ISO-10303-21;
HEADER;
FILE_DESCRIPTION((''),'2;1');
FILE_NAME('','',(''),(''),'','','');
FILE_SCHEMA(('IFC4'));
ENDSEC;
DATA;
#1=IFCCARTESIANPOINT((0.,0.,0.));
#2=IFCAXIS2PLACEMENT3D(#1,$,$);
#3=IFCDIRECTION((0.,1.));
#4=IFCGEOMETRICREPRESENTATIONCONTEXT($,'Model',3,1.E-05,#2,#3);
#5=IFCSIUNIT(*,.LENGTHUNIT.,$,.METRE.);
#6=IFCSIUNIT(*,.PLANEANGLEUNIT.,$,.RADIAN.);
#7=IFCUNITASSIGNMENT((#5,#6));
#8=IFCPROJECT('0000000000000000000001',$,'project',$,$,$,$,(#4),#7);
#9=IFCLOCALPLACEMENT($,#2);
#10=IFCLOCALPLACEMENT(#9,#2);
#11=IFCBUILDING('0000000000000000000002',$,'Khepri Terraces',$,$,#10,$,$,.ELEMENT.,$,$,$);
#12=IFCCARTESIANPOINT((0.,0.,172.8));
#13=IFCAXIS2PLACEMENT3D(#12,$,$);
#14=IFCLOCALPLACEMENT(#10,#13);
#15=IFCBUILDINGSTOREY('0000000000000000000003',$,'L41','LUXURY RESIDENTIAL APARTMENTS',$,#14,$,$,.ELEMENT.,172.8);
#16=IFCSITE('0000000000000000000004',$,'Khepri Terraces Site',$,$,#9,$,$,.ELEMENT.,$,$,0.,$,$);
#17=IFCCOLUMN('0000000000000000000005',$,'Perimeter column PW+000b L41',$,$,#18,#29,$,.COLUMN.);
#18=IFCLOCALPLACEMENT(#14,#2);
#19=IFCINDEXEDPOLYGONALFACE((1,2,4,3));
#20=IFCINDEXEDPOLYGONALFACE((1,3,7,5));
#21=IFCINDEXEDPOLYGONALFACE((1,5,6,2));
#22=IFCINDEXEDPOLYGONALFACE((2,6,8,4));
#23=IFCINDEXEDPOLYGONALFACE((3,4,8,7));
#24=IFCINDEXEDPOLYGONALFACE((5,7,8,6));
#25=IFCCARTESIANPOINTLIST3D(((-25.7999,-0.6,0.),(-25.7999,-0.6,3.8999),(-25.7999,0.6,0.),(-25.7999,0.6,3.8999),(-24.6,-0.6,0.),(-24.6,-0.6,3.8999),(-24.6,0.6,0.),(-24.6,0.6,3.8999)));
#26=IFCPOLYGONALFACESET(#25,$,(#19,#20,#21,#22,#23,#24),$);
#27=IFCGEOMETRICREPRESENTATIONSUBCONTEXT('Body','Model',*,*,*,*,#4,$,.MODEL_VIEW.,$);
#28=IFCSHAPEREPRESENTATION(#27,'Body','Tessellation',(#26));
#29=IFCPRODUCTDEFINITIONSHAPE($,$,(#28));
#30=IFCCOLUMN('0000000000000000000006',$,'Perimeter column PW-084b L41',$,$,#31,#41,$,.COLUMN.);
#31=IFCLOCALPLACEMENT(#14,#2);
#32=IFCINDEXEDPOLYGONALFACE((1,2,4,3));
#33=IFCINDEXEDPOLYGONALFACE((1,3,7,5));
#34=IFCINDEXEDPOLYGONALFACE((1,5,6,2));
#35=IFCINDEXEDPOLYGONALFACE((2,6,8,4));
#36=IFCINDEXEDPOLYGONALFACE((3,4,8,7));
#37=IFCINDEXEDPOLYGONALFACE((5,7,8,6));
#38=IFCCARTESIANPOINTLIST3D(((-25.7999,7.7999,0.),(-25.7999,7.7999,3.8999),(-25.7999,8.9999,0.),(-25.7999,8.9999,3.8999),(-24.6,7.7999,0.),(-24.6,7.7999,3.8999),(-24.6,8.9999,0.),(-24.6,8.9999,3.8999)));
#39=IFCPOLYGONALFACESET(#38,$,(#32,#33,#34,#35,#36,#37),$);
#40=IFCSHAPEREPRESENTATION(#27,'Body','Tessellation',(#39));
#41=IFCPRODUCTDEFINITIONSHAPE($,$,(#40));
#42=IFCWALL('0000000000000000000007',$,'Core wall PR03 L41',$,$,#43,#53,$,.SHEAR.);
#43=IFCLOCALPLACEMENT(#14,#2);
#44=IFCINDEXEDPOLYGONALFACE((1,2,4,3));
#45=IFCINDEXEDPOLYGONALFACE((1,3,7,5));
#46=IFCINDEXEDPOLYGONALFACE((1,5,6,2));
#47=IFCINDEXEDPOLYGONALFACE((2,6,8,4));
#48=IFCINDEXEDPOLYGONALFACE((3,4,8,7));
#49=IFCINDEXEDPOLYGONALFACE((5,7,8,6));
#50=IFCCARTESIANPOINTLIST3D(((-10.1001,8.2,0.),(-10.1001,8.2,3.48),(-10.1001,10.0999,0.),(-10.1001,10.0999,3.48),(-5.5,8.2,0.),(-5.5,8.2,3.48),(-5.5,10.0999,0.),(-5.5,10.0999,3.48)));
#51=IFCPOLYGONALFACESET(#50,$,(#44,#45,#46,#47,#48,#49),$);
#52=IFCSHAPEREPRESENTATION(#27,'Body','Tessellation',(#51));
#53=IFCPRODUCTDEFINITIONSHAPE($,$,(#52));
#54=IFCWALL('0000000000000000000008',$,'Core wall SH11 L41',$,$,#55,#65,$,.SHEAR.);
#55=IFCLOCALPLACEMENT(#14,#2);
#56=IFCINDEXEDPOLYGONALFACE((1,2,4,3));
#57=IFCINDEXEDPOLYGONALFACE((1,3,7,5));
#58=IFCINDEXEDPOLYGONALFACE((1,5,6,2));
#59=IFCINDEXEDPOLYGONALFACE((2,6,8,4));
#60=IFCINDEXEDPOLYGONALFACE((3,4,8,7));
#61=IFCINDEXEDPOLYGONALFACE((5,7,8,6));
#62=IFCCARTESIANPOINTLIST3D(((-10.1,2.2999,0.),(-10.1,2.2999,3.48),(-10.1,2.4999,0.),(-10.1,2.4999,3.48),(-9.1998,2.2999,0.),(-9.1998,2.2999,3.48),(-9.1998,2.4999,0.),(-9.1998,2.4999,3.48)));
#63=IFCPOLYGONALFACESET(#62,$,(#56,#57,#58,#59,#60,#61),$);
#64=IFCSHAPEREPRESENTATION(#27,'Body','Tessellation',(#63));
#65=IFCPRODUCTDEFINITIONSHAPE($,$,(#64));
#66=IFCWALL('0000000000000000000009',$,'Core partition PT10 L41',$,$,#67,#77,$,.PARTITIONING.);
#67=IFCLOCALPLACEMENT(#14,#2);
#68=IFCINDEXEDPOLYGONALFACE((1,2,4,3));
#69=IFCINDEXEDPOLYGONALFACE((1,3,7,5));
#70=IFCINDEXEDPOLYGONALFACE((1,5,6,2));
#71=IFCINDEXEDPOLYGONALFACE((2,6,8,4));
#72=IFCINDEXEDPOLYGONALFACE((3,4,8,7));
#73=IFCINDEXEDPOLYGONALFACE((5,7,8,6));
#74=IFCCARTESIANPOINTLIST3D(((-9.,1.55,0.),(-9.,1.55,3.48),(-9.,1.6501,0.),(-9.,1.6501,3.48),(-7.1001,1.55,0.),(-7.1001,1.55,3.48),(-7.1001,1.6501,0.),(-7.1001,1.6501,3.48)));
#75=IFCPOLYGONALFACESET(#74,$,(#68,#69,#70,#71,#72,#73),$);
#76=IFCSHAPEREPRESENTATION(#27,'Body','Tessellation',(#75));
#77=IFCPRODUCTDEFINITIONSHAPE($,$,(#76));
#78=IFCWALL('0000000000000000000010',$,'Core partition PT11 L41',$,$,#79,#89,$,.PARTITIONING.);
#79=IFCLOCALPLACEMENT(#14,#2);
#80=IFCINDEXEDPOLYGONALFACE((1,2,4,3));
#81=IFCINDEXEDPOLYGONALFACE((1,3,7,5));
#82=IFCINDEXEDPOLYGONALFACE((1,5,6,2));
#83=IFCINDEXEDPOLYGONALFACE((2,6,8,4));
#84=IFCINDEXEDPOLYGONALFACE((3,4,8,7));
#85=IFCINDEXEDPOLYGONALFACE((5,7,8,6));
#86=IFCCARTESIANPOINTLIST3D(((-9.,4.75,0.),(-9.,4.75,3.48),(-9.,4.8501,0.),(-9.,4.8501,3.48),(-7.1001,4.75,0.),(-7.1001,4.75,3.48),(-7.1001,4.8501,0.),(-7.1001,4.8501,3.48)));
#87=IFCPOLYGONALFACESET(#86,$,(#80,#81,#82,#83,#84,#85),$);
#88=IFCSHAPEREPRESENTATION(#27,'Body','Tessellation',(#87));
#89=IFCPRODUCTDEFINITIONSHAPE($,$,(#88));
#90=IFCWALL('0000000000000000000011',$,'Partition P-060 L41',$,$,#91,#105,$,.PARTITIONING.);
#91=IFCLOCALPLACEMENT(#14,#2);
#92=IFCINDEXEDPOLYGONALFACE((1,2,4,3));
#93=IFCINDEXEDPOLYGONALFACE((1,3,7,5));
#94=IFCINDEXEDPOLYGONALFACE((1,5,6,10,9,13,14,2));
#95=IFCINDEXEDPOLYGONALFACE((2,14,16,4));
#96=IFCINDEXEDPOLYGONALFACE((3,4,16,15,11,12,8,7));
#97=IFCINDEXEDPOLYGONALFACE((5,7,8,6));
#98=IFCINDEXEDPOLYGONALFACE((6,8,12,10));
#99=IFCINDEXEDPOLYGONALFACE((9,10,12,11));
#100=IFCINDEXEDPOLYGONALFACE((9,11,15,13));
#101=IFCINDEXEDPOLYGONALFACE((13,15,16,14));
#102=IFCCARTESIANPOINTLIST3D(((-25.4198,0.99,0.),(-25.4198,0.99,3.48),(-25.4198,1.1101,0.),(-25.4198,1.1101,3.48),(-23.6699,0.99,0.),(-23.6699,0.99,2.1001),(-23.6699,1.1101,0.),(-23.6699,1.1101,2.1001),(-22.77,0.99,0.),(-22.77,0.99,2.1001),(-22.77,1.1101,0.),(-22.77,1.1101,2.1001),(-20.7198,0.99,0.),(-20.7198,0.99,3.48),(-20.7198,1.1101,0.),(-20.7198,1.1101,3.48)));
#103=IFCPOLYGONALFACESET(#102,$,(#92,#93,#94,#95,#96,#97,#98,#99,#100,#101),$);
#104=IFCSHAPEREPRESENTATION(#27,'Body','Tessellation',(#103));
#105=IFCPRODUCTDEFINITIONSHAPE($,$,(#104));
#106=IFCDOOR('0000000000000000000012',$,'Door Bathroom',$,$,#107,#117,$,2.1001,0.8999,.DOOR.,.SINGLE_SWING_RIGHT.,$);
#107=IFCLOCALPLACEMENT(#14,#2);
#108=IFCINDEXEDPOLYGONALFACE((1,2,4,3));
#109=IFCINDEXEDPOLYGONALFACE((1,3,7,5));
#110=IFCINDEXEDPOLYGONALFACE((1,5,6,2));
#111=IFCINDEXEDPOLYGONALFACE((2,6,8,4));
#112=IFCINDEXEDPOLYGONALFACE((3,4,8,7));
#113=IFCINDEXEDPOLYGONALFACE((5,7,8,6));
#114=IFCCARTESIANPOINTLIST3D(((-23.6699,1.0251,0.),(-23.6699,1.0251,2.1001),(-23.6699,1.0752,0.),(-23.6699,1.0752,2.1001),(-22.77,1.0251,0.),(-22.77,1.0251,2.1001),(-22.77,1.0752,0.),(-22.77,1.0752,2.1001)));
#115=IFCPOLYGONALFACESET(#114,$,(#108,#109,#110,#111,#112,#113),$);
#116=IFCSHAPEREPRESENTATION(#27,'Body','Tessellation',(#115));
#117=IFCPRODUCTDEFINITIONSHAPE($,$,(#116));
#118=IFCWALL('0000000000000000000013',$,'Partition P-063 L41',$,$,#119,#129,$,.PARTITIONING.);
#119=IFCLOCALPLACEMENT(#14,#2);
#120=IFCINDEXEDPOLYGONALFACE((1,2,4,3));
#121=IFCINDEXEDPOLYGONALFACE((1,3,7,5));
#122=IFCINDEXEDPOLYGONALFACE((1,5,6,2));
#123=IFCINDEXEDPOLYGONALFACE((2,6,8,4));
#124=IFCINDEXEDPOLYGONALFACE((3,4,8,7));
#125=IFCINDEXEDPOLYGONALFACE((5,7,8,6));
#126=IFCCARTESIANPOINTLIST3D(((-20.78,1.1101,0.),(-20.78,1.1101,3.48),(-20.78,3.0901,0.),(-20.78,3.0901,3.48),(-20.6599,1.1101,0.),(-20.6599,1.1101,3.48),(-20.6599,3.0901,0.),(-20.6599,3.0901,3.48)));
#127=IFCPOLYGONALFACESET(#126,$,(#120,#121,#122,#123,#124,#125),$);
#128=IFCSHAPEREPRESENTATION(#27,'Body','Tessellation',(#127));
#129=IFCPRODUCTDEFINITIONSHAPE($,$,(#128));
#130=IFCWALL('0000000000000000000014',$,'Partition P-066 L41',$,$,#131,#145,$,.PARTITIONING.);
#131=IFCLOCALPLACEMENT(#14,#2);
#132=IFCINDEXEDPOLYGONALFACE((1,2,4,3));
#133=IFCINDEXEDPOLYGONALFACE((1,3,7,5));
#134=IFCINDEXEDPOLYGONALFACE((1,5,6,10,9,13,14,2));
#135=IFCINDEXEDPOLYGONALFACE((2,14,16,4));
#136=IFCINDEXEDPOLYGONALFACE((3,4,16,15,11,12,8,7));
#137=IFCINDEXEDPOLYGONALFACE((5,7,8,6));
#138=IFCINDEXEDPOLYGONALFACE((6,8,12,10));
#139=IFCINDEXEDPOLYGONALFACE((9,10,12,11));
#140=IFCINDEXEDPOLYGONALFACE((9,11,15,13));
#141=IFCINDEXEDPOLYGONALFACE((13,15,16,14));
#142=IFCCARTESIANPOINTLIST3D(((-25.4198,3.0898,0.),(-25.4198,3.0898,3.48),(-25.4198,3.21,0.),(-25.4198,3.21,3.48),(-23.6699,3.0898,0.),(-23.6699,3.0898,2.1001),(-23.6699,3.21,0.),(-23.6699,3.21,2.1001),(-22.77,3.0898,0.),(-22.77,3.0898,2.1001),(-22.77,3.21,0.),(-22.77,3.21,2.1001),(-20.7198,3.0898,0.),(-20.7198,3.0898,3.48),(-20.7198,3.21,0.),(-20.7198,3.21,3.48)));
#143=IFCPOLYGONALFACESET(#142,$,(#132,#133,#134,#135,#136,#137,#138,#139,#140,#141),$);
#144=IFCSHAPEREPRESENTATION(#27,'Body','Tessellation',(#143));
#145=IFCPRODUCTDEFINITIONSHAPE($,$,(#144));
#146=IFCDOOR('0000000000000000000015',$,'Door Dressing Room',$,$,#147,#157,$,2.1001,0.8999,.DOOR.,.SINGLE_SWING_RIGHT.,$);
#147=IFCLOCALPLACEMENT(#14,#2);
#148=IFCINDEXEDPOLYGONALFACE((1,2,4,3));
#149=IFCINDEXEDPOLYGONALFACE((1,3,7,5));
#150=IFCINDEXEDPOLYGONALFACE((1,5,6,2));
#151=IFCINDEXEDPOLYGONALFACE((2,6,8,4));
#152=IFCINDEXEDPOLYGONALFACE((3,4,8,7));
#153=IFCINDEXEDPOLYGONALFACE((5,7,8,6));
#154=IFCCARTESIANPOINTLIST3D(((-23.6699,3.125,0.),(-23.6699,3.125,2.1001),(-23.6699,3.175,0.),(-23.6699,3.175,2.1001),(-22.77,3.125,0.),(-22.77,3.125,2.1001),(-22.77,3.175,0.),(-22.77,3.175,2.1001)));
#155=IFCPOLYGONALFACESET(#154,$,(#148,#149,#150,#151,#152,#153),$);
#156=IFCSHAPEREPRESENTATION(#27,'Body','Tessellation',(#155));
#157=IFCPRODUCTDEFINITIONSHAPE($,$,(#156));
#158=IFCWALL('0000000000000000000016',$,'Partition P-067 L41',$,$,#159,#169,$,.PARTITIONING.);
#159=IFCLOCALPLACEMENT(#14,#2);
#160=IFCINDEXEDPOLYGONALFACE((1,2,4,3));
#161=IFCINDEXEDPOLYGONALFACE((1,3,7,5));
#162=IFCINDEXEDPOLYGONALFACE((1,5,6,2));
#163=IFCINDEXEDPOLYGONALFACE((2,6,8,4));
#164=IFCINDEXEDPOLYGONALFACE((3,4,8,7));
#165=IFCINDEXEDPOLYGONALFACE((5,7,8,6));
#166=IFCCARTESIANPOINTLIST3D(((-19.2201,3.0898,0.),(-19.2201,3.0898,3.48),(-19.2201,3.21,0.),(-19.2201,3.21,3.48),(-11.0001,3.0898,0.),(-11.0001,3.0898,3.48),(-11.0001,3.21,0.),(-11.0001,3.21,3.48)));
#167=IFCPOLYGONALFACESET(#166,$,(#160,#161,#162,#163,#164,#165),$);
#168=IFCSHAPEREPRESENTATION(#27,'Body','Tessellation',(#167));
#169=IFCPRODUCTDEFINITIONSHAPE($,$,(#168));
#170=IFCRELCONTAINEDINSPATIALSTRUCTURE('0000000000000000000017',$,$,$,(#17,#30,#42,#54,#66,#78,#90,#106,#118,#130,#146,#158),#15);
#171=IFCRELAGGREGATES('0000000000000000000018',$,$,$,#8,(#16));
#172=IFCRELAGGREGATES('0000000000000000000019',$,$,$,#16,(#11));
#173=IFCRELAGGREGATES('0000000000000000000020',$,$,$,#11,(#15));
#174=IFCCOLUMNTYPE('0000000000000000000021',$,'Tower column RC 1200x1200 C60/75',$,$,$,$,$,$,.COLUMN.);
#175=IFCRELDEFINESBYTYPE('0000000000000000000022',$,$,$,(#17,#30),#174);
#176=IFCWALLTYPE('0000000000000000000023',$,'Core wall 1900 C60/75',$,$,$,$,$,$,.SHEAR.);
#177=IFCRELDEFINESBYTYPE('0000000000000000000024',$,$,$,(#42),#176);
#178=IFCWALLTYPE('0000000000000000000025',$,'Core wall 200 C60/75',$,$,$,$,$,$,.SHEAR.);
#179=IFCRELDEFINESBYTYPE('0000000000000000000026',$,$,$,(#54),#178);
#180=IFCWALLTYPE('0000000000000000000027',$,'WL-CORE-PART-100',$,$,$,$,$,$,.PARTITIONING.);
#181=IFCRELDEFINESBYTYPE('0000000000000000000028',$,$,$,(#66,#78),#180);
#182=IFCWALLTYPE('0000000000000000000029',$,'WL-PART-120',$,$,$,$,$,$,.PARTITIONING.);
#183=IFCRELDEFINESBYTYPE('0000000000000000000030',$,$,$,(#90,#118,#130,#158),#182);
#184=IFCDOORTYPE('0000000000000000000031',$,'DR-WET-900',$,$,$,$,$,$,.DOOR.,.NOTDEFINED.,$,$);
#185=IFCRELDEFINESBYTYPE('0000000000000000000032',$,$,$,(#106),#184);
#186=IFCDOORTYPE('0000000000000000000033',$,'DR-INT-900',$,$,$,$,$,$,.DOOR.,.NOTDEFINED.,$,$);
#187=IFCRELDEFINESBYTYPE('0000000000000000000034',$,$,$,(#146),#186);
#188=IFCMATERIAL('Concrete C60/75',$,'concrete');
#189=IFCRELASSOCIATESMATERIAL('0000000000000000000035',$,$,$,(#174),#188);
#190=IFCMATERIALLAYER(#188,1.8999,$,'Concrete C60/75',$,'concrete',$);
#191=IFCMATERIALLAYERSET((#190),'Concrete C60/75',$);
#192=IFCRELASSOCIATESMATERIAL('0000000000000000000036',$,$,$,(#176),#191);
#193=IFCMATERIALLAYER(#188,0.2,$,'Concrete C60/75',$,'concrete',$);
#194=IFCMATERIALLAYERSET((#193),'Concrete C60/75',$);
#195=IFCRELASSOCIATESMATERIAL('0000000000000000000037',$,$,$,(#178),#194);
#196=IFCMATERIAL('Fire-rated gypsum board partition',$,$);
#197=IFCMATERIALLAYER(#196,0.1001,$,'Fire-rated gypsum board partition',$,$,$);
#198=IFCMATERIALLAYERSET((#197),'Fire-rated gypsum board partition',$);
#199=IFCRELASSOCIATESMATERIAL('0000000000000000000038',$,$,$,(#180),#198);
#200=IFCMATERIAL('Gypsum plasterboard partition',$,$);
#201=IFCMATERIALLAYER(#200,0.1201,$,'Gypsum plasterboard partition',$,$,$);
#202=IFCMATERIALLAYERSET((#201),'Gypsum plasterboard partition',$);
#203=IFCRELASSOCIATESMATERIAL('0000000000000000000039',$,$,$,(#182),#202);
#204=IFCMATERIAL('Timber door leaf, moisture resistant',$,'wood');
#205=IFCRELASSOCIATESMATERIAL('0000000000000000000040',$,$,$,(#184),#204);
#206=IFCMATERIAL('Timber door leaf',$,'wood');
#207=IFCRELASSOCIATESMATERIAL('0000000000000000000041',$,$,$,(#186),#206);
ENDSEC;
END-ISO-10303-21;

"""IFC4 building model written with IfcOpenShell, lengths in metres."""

from ifc_helpers import new_model, si_unit, direction, frame, frame_2d, origin, origin_2d, place, context, subcontext, project, spatial, rectangle, extrude, material, layer, layer_set, material_profile, profile_set, type_object, element, fill, save


model = new_model("IFC4")

# Units and contexts
model_context = context("Model", 3, precision=1e-05, world=origin(), true_north=direction((0.0, 1.0)))
body_context = subcontext(model_context, "Body", "Model", "MODEL_VIEW")
ifc_project = project(units=[si_unit("LENGTHUNIT", "METRE"), si_unit("PLANEANGLEUNIT", "RADIAN")], contexts=[model_context])

# Site, building, storey
site_placement = place(None, origin())
site = spatial("IfcSite", under=ifc_project, at=site_placement, Name="Khepri Terraces Site", CompositionType="ELEMENT", RefElevation=0.0)
building_placement = place(site_placement, origin())
building = spatial("IfcBuilding", under=site, at=building_placement, Name="Khepri Terraces", CompositionType="ELEMENT")
storey_placement = place(building_placement, frame((0.0, 0.0, 172.8)))
storey = spatial("IfcBuildingStorey", under=building, at=storey_placement, Name="L41", Description="LUXURY RESIDENTIAL APARTMENTS", CompositionType="ELEMENT", Elevation=172.8)

# Columns
ifc_material_1 = material(Name="Concrete C60/75", Category="concrete")
ifc_material_profile = material_profile(ifc_material_1, rectangle(XDim=1.2, YDim=1.2, at=origin_2d()), Name="Concrete C60/75", Category="concrete")
ifc_profile_set = profile_set([ifc_material_profile], Name="Concrete C60/75")
column_type = type_object("IfcColumnType", Name="Tower column RC 1200x1200 C60/75", PredefinedType="COLUMN", material=ifc_profile_set)
for number, where, z_axis, x_axis, name in (
    (1, (-25.2, 0.0, 0.0), (0.0, 0.0, 1.0), (1.0, 0.0, 0.0), "Perimeter column PW+000b L41"),
    (2, (-25.2, 8.3999, 0.0), (0.0, 0.0, 1.0), (1.0, 0.0, 0.0), "Perimeter column PW-084b L41"),
):
    element("IfcColumn", number, at=place(storey_placement, frame(where, z_axis=z_axis, x_axis=x_axis)), inside=storey, type_object=column_type, Name=name, PredefinedType="COLUMN", context=body_context, shape_type="SweptSolid", body=[
        extrude(rectangle(XDim=1.2, YDim=1.2, at=origin_2d()), origin(), (0.0, 0.0, 1.0), 3.8999),
    ])

# Walls
ifc_layer_1 = layer(ifc_material_1, 1.8999, Name="Concrete C60/75", Category="concrete")
ifc_layer_set_1 = layer_set([ifc_layer_1], Name="Concrete C60/75")
wall_type_1 = type_object("IfcWallType", Name="Core wall 1900 C60/75", PredefinedType="SHEAR", material=ifc_layer_set_1)
wall_1_placement = place(storey_placement, frame((-10.1001, 9.1499, 0.0), z_axis=(0.0, 0.0, 1.0), x_axis=(1.0, 0.0, 0.0)))
element("IfcWall", 3, at=wall_1_placement, inside=storey, type_object=wall_type_1, Name="Core wall PR03 L41", PredefinedType="SHEAR", context=body_context, shape_type="SweptSolid", body=[
    extrude(rectangle(XDim=4.6001, YDim=1.8999, at=frame_2d((2.3, 0.0))), origin(), (0.0, 0.0, 1.0), 3.48),
])
ifc_layer_2 = layer(ifc_material_1, 0.2, Name="Concrete C60/75", Category="concrete")
ifc_layer_set_2 = layer_set([ifc_layer_2], Name="Concrete C60/75")
wall_type_2 = type_object("IfcWallType", Name="Core wall 200 C60/75", PredefinedType="SHEAR", material=ifc_layer_set_2)
wall_2_placement = place(storey_placement, frame((-10.1001, 2.3999, 0.0), z_axis=(0.0, 0.0, 1.0), x_axis=(1.0, 0.0, 0.0)))
element("IfcWall", 4, at=wall_2_placement, inside=storey, type_object=wall_type_2, Name="Core wall SH11 L41", PredefinedType="SHEAR", context=body_context, shape_type="SweptSolid", body=[
    extrude(rectangle(XDim=0.9001, YDim=0.2, at=frame_2d((0.4502, 0.0))), origin(), (0.0, 0.0, 1.0), 3.48),
])
ifc_material_2 = material(Name="Fire-rated gypsum board partition")
ifc_layer_3 = layer(ifc_material_2, 0.1001, Name="Fire-rated gypsum board partition")
ifc_layer_set_3 = layer_set([ifc_layer_3], Name="Fire-rated gypsum board partition")
wall_type_3 = type_object("IfcWallType", Name="WL-CORE-PART-100", PredefinedType="PARTITIONING", material=ifc_layer_set_3)
for number, where, z_axis, x_axis, name in (
    (5, (-9.0, 1.6001, 0.0), (0.0, 0.0, 1.0), (1.0, 0.0, 0.0), "Core partition PT10 L41"),
    (6, (-9.0, 4.8, 0.0), (0.0, 0.0, 1.0), (1.0, 0.0, 0.0), "Core partition PT11 L41"),
):
    element("IfcWall", number, at=place(storey_placement, frame(where, z_axis=z_axis, x_axis=x_axis)), inside=storey, type_object=wall_type_3, Name=name, PredefinedType="PARTITIONING", context=body_context, shape_type="SweptSolid", body=[
        extrude(rectangle(XDim=1.8999, YDim=0.1001, at=frame_2d((0.95, 0.0))), origin(), (0.0, 0.0, 1.0), 3.48),
    ])

# Wall, opening, door
ifc_material_3 = material(Name="Gypsum plasterboard partition")
ifc_layer_4 = layer(ifc_material_3, 0.1201, Name="Gypsum plasterboard partition")
ifc_layer_set_4 = layer_set([ifc_layer_4], Name="Gypsum plasterboard partition")
wall_type_4 = type_object("IfcWallType", Name="WL-PART-120", PredefinedType="PARTITIONING", material=ifc_layer_set_4)
wall_3_placement = place(storey_placement, frame((-25.4199, 1.05, 0.0), z_axis=(0.0, 0.0, 1.0), x_axis=(1.0, 0.0, 0.0)))
wall_3 = element("IfcWall", 7, at=wall_3_placement, inside=storey, type_object=wall_type_4, Name="Partition P-060 L41", PredefinedType="PARTITIONING", context=body_context, shape_type="SweptSolid", body=[
    extrude(rectangle(XDim=4.7, YDim=0.1201, at=frame_2d((2.3501, 0.0))), origin(), (0.0, 0.0, 1.0), 3.48),
])
opening_1_placement = place(wall_3_placement, frame((1.75, 0.0, 0.0)))
opening_1 = element("IfcOpeningElement", 8, at=opening_1_placement, cuts=wall_3, PredefinedType="OPENING", context=body_context, shape_type="SweptSolid", body=[
    extrude(rectangle(XDim=0.8999, YDim=2.1001, at=frame_2d((0.45, 1.05))), frame((0.0, 0.0701, 0.0), z_axis=(0.0, -1.0, 0.0), x_axis=(1.0, 0.0, 0.0)), (0.0, 0.0, 1.0), 0.1401),
])
ifc_material_4 = material(Name="Timber door leaf, moisture resistant", Category="wood")
door_type_1 = type_object("IfcDoorType", Name="DR-WET-900", OperationType="NOTDEFINED", PredefinedType="DOOR", material=ifc_material_4)
door_1_placement = place(opening_1_placement, frame((0.8999, 0.0, 0.0), z_axis=(0.0, 0.0, 1.0), x_axis=(-1.0, 0.0, 0.0)))
door_1 = element("IfcDoor", 9, at=door_1_placement, inside=storey, type_object=door_type_1, Name="Door Bathroom", OperationType="SINGLE_SWING_RIGHT", OverallHeight=2.1001, OverallWidth=0.8999, PredefinedType="DOOR", context=body_context, shape_type="SweptSolid", body=[
    extrude(rectangle(XDim=0.8999, YDim=2.1001, at=frame_2d((0.45, 1.05))), frame((0.0, 0.0249, 0.0), z_axis=(0.0, -1.0, 0.0), x_axis=(1.0, 0.0, 0.0)), (0.0, 0.0, 1.0), 0.05),
])
fill(opening_1, door_1)

# Wall
wall_4_placement = place(storey_placement, frame((-20.72, 1.1101, 0.0), z_axis=(0.0, 0.0, 1.0), x_axis=(0.0, 1.0, 0.0)))
element("IfcWall", 10, at=wall_4_placement, inside=storey, type_object=wall_type_4, Name="Partition P-063 L41", PredefinedType="PARTITIONING", context=body_context, shape_type="SweptSolid", body=[
    extrude(rectangle(XDim=1.98, YDim=0.1201, at=frame_2d((0.99, 0.0))), origin(), (0.0, 0.0, 1.0), 3.48),
])

# Wall, opening, door
wall_5_placement = place(storey_placement, frame((-25.4199, 3.1499, 0.0), z_axis=(0.0, 0.0, 1.0), x_axis=(1.0, 0.0, 0.0)))
wall_5 = element("IfcWall", 11, at=wall_5_placement, inside=storey, type_object=wall_type_4, Name="Partition P-066 L41", PredefinedType="PARTITIONING", context=body_context, shape_type="SweptSolid", body=[
    extrude(rectangle(XDim=4.7, YDim=0.1201, at=frame_2d((2.3501, 0.0))), origin(), (0.0, 0.0, 1.0), 3.48),
])
opening_2_placement = place(wall_5_placement, frame((1.75, 0.0, 0.0)))
opening_2 = element("IfcOpeningElement", 12, at=opening_2_placement, cuts=wall_5, PredefinedType="OPENING", context=body_context, shape_type="SweptSolid", body=[
    extrude(rectangle(XDim=0.8999, YDim=2.1001, at=frame_2d((0.45, 1.05))), frame((0.0, 0.0701, 0.0), z_axis=(0.0, -1.0, 0.0), x_axis=(1.0, 0.0, 0.0)), (0.0, 0.0, 1.0), 0.1401),
])
ifc_material_5 = material(Name="Timber door leaf", Category="wood")
door_type_2 = type_object("IfcDoorType", Name="DR-INT-900", OperationType="NOTDEFINED", PredefinedType="DOOR", material=ifc_material_5)
door_2_placement = place(opening_2_placement, frame((0.8999, 0.0, 0.0), z_axis=(0.0, 0.0, 1.0), x_axis=(-1.0, 0.0, 0.0)))
door_2 = element("IfcDoor", 13, at=door_2_placement, inside=storey, type_object=door_type_2, Name="Door Dressing Room", OperationType="SINGLE_SWING_RIGHT", OverallHeight=2.1001, OverallWidth=0.8999, PredefinedType="DOOR", context=body_context, shape_type="SweptSolid", body=[
    extrude(rectangle(XDim=0.8999, YDim=2.1001, at=frame_2d((0.45, 1.05))), frame((0.0, 0.0249, 0.0), z_axis=(0.0, -1.0, 0.0), x_axis=(1.0, 0.0, 0.0)), (0.0, 0.0, 1.0), 0.05),
])
fill(opening_2, door_2)

# Wall
wall_6_placement = place(storey_placement, frame((-19.22, 3.1499, 0.0), z_axis=(0.0, 0.0, 1.0), x_axis=(1.0, 0.0, 0.0)))
element("IfcWall", 14, at=wall_6_placement, inside=storey, type_object=wall_type_4, Name="Partition P-067 L41", PredefinedType="PARTITIONING", context=body_context, shape_type="SweptSolid", body=[
    extrude(rectangle(XDim=8.22, YDim=0.1201, at=frame_2d((4.1099, 0.0))), origin(), (0.0, 0.0, 1.0), 3.48),
])

save(model, "model.ifc")
